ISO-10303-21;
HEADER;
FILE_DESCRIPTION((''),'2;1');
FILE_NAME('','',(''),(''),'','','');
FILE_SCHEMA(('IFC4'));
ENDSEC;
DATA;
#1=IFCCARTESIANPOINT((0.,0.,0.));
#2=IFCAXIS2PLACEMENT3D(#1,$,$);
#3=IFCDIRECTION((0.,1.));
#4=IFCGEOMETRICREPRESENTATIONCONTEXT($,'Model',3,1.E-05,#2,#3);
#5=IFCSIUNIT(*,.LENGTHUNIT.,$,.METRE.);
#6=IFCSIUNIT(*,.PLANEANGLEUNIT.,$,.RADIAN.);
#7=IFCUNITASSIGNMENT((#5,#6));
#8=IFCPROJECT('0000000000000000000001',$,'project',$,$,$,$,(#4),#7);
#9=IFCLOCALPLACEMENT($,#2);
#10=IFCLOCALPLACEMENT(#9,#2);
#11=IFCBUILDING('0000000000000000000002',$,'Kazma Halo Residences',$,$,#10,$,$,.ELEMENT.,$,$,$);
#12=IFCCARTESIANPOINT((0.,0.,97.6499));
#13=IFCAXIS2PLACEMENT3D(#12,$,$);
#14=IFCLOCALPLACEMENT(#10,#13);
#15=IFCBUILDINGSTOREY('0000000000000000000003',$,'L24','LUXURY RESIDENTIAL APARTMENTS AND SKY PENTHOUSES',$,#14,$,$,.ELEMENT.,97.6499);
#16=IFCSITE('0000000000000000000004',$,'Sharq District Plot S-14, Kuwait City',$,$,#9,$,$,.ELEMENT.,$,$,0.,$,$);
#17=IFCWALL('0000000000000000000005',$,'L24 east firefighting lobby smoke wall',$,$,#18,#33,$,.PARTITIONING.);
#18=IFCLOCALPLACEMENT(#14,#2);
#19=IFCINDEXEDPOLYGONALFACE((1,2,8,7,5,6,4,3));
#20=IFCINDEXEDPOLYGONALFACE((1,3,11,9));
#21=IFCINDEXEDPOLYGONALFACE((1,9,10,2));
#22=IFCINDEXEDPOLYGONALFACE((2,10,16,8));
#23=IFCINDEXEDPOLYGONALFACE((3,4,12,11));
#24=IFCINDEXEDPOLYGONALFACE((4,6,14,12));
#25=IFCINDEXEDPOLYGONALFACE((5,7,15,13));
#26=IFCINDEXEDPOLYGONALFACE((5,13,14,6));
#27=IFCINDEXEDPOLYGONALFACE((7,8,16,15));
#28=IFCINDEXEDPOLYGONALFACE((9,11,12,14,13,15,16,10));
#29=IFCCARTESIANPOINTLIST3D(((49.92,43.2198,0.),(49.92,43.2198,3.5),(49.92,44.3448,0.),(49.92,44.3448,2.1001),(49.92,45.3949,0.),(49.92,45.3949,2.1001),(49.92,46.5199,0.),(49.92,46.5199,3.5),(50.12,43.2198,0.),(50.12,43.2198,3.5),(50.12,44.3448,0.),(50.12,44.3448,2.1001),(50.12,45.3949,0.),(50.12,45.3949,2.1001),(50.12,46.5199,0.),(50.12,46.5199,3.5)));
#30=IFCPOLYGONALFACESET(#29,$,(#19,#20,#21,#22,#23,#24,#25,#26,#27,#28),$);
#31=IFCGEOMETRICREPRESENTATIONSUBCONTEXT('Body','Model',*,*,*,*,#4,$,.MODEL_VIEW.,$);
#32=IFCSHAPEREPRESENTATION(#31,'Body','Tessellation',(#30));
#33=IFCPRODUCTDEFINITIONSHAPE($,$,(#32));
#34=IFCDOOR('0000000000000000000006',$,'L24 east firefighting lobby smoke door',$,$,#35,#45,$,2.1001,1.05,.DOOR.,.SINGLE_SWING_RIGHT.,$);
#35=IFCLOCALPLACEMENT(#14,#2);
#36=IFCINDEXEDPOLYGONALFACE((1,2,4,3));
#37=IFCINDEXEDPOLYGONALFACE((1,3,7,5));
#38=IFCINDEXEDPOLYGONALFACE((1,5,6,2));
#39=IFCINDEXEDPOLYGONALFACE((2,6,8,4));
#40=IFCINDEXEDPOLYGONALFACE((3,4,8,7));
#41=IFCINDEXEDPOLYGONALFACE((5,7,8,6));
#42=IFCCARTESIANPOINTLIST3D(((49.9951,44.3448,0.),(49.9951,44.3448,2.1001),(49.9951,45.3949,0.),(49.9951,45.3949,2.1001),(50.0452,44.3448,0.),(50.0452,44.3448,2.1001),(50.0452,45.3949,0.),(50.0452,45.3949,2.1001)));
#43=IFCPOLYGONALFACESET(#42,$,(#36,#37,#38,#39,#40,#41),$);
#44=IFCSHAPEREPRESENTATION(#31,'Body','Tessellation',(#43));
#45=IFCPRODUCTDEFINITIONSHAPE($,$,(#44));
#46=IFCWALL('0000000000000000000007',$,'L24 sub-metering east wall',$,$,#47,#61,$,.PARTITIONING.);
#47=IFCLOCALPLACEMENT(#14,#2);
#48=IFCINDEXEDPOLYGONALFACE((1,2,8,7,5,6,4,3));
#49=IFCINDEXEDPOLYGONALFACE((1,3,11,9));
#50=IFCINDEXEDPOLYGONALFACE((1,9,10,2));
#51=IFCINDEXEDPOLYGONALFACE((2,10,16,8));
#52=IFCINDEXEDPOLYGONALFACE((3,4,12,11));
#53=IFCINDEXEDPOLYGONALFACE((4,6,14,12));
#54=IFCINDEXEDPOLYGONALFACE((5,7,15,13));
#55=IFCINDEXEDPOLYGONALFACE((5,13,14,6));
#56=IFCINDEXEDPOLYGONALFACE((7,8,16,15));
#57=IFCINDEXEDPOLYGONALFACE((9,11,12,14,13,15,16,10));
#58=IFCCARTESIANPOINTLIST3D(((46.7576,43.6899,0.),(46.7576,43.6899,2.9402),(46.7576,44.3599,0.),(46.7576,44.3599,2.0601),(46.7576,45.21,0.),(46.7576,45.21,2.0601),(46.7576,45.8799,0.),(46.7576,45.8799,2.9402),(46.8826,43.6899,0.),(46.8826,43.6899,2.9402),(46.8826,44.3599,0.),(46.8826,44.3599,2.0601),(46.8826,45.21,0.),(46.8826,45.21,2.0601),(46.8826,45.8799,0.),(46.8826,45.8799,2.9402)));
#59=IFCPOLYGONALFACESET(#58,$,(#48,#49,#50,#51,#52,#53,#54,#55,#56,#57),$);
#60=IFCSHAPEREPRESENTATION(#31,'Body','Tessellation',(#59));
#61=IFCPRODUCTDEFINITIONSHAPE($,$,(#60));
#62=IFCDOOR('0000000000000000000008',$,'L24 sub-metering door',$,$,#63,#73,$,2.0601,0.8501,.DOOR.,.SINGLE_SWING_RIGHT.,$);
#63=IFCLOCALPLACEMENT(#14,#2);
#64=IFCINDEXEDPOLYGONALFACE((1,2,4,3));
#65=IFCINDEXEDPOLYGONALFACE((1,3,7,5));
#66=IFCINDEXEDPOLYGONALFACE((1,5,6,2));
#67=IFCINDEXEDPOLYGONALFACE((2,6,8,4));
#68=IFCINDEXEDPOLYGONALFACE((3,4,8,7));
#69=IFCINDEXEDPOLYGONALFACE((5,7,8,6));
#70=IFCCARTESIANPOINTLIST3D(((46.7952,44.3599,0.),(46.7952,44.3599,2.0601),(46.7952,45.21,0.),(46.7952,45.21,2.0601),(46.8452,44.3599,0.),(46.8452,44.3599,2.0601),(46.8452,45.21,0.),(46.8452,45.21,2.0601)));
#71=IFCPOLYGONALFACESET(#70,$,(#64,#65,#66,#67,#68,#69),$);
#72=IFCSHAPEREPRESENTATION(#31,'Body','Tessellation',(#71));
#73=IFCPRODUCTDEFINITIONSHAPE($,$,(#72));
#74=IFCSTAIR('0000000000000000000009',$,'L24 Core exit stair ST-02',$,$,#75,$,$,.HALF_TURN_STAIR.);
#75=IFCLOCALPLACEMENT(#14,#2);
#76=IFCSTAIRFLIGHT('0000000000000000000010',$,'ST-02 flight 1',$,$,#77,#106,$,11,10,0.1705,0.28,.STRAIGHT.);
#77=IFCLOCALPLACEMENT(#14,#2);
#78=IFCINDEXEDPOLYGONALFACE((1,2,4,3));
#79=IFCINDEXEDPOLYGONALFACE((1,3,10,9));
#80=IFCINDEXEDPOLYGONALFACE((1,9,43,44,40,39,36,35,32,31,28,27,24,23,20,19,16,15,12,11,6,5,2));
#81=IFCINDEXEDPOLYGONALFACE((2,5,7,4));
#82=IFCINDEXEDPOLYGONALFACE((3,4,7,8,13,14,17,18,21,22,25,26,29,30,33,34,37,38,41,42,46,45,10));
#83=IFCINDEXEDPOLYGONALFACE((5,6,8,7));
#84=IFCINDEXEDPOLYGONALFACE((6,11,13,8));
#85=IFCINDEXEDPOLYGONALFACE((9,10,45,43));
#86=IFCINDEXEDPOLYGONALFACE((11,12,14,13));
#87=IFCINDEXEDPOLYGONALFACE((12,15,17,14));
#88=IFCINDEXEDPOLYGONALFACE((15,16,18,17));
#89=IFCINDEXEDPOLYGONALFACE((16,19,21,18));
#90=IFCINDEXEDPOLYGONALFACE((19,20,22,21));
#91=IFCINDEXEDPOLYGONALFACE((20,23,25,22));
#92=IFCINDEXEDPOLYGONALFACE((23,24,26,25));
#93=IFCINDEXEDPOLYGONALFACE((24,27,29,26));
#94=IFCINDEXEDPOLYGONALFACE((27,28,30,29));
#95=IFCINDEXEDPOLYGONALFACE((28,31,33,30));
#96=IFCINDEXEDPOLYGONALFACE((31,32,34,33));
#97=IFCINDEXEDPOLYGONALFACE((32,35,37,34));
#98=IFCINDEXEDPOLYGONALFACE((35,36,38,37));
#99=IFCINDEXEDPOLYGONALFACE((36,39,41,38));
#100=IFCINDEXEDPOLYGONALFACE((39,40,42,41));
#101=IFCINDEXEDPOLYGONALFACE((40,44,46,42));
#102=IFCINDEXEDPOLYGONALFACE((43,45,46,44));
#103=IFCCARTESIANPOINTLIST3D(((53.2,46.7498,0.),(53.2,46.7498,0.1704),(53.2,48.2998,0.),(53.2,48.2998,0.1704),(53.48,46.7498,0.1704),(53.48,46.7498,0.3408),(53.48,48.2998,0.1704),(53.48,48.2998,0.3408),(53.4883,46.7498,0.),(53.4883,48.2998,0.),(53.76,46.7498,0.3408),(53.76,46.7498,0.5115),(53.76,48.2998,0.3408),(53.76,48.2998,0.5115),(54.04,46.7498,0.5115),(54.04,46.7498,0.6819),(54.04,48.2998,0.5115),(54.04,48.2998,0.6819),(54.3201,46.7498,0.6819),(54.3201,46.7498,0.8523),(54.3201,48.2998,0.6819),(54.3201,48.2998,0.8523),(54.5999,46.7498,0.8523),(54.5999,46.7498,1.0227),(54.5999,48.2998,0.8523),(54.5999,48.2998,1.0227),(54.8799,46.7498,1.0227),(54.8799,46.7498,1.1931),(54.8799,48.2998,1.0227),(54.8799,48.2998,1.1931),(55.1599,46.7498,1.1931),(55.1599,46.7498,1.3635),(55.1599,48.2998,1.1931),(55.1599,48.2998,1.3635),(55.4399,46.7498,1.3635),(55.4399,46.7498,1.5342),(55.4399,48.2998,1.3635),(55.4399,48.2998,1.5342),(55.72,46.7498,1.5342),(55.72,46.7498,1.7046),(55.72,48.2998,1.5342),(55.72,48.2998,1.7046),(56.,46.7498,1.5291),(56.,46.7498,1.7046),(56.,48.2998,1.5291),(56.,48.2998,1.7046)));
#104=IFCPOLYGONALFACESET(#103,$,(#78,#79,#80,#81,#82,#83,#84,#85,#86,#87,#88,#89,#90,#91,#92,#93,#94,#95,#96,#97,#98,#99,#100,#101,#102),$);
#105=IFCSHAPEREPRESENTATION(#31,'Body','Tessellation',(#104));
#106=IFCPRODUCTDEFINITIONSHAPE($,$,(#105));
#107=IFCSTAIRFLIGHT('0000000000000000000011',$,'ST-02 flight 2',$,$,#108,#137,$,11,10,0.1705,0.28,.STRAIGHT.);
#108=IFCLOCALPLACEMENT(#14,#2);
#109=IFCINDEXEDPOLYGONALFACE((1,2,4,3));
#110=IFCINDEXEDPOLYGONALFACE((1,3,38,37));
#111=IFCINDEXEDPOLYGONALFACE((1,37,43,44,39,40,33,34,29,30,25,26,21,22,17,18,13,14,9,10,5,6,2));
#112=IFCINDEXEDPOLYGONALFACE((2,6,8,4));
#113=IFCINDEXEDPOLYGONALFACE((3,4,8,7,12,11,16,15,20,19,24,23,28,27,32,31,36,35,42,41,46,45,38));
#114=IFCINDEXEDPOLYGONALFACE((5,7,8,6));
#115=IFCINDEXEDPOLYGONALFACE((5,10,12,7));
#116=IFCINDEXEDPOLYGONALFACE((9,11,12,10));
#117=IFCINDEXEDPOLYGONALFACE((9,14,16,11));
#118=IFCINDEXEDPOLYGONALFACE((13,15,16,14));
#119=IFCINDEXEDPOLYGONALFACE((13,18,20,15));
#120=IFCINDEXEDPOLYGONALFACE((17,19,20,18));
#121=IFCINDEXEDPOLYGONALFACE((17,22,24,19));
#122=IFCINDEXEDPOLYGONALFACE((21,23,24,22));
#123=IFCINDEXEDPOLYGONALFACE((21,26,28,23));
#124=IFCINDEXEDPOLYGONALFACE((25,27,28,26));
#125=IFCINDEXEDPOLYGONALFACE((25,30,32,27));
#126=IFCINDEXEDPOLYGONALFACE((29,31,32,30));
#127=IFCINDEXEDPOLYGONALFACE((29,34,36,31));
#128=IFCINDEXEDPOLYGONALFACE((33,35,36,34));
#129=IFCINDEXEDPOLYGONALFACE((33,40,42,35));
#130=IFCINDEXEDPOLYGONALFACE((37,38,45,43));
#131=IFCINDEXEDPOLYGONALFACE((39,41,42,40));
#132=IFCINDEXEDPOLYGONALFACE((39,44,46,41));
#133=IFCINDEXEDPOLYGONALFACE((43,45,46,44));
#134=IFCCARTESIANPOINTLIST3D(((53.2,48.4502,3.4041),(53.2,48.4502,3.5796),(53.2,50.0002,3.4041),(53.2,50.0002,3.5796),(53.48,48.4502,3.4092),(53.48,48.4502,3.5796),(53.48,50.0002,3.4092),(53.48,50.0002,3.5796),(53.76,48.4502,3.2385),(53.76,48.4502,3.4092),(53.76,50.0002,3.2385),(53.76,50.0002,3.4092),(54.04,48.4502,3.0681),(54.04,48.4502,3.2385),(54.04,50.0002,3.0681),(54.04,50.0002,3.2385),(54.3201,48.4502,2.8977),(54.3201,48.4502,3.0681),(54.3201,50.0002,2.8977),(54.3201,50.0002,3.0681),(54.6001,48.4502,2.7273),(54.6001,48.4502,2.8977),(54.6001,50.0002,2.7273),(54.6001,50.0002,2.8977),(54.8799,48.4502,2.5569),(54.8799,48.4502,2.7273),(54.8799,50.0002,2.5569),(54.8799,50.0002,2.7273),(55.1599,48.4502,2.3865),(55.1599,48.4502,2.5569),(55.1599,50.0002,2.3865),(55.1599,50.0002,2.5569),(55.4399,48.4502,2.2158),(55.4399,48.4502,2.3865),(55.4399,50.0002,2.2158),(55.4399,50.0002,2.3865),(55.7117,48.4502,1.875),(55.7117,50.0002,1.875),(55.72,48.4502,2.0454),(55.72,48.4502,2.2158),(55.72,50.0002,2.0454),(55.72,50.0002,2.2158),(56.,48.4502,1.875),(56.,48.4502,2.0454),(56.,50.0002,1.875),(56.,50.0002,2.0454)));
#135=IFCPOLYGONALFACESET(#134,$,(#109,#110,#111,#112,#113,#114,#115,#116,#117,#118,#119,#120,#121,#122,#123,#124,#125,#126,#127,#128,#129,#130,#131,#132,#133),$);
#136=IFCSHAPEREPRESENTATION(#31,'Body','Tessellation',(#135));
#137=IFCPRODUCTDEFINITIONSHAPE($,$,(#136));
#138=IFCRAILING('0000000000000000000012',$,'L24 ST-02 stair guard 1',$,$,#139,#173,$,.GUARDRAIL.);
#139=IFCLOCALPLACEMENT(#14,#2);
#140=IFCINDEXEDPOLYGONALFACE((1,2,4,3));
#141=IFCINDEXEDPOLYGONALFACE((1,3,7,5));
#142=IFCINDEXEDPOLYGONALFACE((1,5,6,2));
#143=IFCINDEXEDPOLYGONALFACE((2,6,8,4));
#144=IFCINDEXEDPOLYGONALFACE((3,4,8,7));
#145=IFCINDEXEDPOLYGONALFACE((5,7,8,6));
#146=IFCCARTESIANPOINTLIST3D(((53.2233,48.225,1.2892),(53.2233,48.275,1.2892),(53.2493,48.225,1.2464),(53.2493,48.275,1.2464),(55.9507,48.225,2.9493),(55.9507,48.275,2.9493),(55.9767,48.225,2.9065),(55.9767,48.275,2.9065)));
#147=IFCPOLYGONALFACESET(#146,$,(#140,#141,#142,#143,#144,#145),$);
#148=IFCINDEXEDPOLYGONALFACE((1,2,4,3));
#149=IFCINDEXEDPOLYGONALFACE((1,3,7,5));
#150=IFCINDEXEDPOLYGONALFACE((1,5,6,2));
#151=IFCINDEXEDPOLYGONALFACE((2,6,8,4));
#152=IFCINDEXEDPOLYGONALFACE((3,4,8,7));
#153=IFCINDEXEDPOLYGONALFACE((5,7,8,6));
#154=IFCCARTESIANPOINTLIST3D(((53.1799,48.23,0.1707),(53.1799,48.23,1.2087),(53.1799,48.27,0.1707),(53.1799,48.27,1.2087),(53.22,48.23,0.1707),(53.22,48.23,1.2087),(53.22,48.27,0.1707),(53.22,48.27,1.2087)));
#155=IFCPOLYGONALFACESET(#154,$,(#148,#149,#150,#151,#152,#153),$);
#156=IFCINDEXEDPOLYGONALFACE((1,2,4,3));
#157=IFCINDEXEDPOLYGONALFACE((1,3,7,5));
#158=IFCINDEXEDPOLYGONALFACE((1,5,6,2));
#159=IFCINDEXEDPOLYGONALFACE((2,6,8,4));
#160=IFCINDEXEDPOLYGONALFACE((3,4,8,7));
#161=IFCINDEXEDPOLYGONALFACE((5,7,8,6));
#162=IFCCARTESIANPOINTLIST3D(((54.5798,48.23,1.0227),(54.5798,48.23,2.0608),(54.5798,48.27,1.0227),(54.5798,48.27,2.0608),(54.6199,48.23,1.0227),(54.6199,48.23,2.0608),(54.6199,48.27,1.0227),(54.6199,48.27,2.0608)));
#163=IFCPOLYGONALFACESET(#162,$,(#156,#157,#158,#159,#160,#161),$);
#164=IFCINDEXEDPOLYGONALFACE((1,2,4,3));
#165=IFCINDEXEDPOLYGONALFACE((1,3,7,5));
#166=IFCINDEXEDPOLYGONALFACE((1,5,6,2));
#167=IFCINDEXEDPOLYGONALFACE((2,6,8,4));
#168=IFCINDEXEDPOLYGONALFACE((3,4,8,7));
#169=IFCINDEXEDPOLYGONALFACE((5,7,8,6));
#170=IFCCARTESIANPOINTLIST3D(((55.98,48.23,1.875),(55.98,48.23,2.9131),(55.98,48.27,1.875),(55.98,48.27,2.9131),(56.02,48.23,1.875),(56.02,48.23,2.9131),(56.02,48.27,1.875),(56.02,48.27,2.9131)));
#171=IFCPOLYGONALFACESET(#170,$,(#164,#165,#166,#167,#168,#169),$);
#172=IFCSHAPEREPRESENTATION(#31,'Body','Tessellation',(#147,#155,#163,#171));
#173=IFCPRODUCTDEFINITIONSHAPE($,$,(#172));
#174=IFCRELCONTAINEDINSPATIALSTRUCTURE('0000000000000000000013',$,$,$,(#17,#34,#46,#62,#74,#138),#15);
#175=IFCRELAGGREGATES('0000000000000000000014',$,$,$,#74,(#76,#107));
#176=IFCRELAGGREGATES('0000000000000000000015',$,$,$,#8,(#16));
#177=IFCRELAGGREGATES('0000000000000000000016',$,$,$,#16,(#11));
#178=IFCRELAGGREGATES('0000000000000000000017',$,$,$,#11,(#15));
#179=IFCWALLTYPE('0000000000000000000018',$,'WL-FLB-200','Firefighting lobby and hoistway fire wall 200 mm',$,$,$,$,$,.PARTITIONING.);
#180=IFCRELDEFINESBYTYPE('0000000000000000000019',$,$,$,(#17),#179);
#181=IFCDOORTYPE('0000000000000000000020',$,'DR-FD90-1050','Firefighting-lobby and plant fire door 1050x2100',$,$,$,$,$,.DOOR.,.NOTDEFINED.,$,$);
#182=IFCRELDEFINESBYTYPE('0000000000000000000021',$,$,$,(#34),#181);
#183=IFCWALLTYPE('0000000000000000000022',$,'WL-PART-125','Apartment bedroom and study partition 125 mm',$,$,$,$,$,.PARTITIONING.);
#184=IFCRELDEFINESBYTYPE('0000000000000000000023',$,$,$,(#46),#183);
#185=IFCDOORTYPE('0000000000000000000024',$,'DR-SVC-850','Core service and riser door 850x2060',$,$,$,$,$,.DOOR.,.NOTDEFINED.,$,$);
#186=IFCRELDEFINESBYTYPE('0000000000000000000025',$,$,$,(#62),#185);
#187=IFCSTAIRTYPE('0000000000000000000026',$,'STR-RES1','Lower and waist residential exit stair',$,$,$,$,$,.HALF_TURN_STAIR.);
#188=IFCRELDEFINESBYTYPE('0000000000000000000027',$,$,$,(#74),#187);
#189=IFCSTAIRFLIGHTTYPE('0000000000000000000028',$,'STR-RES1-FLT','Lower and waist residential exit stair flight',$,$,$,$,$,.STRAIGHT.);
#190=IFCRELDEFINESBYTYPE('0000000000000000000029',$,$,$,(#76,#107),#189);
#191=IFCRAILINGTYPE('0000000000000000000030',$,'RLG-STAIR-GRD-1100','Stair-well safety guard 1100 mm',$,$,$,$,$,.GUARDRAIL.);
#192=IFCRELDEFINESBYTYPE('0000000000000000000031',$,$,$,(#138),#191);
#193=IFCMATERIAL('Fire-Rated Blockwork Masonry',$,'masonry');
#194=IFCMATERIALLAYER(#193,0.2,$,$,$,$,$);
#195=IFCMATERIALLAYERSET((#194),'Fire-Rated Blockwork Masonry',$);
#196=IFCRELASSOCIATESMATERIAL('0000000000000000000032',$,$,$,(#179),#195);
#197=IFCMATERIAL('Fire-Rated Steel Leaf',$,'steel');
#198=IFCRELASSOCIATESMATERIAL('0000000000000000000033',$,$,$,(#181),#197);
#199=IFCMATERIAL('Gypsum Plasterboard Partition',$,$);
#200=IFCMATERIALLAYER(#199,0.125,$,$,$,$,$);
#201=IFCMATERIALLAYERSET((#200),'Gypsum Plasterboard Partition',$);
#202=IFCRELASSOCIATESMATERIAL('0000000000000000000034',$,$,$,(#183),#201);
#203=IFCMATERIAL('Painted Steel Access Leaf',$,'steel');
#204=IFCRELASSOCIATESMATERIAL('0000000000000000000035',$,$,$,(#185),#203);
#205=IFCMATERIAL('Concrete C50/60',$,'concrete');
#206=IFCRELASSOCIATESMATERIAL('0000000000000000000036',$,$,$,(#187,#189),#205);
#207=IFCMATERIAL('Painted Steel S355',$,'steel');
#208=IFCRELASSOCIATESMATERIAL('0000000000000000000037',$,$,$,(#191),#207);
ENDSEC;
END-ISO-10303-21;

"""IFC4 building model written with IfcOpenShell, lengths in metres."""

from ifc_helpers import new_model, si_unit, direction, frame, frame_2d, origin, origin_2d, place, context, subcontext, project, spatial, polyline, rectangle, outline, extrude, material, layer, layer_set, type_object, element, fill, aggregate, save


model = new_model("IFC4")

# Units and contexts
model_context = context("Model", 3, precision=1e-05, world=origin(), true_north=direction((0.0, 1.0)))
body_context = subcontext(model_context, "Body", "Model", "MODEL_VIEW")
ifc_project = project(units=[si_unit("LENGTHUNIT", "METRE"), si_unit("PLANEANGLEUNIT", "RADIAN")], contexts=[model_context])

# Site, building, storey
site_placement = place(None, origin())
site = spatial("IfcSite", under=ifc_project, at=site_placement, Name="Sharq District Plot S-14, Kuwait City", CompositionType="ELEMENT", RefElevation=0.0)
building_placement = place(site_placement, origin())
building = spatial("IfcBuilding", under=site, at=building_placement, Name="Kazma Halo Residences", CompositionType="ELEMENT")
storey_placement = place(building_placement, frame((0.0, 0.0, 97.6499)))
storey = spatial("IfcBuildingStorey", under=building, at=storey_placement, Name="L24", Description="LUXURY RESIDENTIAL APARTMENTS AND SKY PENTHOUSES", CompositionType="ELEMENT", Elevation=97.6499)

# Shared definitions
ifc_material_1 = material(Name="Fire-Rated Blockwork Masonry", Category="masonry")
ifc_layer_1 = layer(ifc_material_1, 0.2)
ifc_layer_set_1 = layer_set([ifc_layer_1], Name="Fire-Rated Blockwork Masonry")
wall_type_1 = type_object("IfcWallType", Name="WL-FLB-200", Description="Firefighting lobby and hoistway fire wall 200 mm", PredefinedType="PARTITIONING", material=ifc_layer_set_1)

# Walls, openings, doors
wall_1_placement = place(storey_placement, frame((50.02, 43.22, 0.0), z_axis=(0.0, 0.0, 1.0), x_axis=(0.0, 1.0, 0.0)))
wall_1 = element("IfcWall", 1, at=wall_1_placement, inside=storey, type_object=wall_type_1, Name="L24 east firefighting lobby smoke wall", PredefinedType="PARTITIONING", context=body_context, shape_type="SweptSolid", body=[
    extrude(rectangle(XDim=3.3, YDim=0.2, at=frame_2d((1.6499, 0.0))), origin(), (0.0, 0.0, 1.0), 3.5),
])
opening_1_placement = place(wall_1_placement, frame((1.125, 0.0, 0.0)))
opening_1 = element("IfcOpeningElement", 2, at=opening_1_placement, cuts=wall_1, PredefinedType="OPENING", context=body_context, shape_type="SweptSolid", body=[
    extrude(rectangle(XDim=1.05, YDim=2.1001, at=frame_2d((0.5249, 1.05))), frame((0.0, 0.1099, 0.0), z_axis=(0.0, -1.0, 0.0), x_axis=(1.0, 0.0, 0.0)), (0.0, 0.0, 1.0), 0.22),
])
ifc_material_2 = material(Name="Fire-Rated Steel Leaf", Category="steel")
door_type_1 = type_object("IfcDoorType", Name="DR-FD90-1050", Description="Firefighting-lobby and plant fire door 1050x2100", OperationType="NOTDEFINED", PredefinedType="DOOR", material=ifc_material_2)
door_1_placement = place(opening_1_placement, origin())
door_1 = element("IfcDoor", 3, at=door_1_placement, inside=storey, type_object=door_type_1, Name="L24 east firefighting lobby smoke door", OperationType="SINGLE_SWING_RIGHT", OverallHeight=2.1001, OverallWidth=1.05, PredefinedType="DOOR", context=body_context, shape_type="SweptSolid", body=[
    extrude(rectangle(XDim=1.05, YDim=2.1001, at=frame_2d((0.5249, 1.05))), frame((0.0, 0.0249, 0.0), z_axis=(0.0, -1.0, 0.0), x_axis=(1.0, 0.0, 0.0)), (0.0, 0.0, 1.0), 0.05),
])
fill(opening_1, door_1)
ifc_material_3 = material(Name="Gypsum Plasterboard Partition")
ifc_layer_2 = layer(ifc_material_3, 0.125)
ifc_layer_set_2 = layer_set([ifc_layer_2], Name="Gypsum Plasterboard Partition")
wall_type_2 = type_object("IfcWallType", Name="WL-PART-125", Description="Apartment bedroom and study partition 125 mm", PredefinedType="PARTITIONING", material=ifc_layer_set_2)
wall_2_placement = place(storey_placement, frame((46.8201, 43.6899, 0.0), z_axis=(0.0, 0.0, 1.0), x_axis=(0.0, 1.0, 0.0)))
wall_2 = element("IfcWall", 4, at=wall_2_placement, inside=storey, type_object=wall_type_2, Name="L24 sub-metering east wall", PredefinedType="PARTITIONING", context=body_context, shape_type="SweptSolid", body=[
    extrude(rectangle(XDim=2.1899, YDim=0.125, at=frame_2d((1.095, 0.0))), origin(), (0.0, 0.0, 1.0), 2.9402),
])
opening_2_placement = place(wall_2_placement, frame((0.6699, 0.0, 0.0)))
opening_2 = element("IfcOpeningElement", 5, at=opening_2_placement, cuts=wall_2, PredefinedType="OPENING", context=body_context, shape_type="SweptSolid", body=[
    extrude(rectangle(XDim=0.8501, YDim=2.0601, at=frame_2d((0.425, 1.03))), frame((0.0, 0.0725, 0.0), z_axis=(0.0, -1.0, 0.0), x_axis=(1.0, 0.0, 0.0)), (0.0, 0.0, 1.0), 0.145),
])
ifc_material_4 = material(Name="Painted Steel Access Leaf", Category="steel")
door_type_2 = type_object("IfcDoorType", Name="DR-SVC-850", Description="Core service and riser door 850x2060", OperationType="NOTDEFINED", PredefinedType="DOOR", material=ifc_material_4)
door_2_placement = place(opening_2_placement, origin())
door_2 = element("IfcDoor", 6, at=door_2_placement, inside=storey, type_object=door_type_2, Name="L24 sub-metering door", OperationType="SINGLE_SWING_RIGHT", OverallHeight=2.0601, OverallWidth=0.8501, PredefinedType="DOOR", context=body_context, shape_type="SweptSolid", body=[
    extrude(rectangle(XDim=0.8501, YDim=2.0601, at=frame_2d((0.425, 1.03))), frame((0.0, 0.0249, 0.0), z_axis=(0.0, -1.0, 0.0), x_axis=(1.0, 0.0, 0.0)), (0.0, 0.0, 1.0), 0.05),
])
fill(opening_2, door_2)
ifc_material_5 = material(Name="Concrete C50/60", Category="concrete")

# Stair, stair flights
stair_type = type_object("IfcStairType", Name="STR-RES1", Description="Lower and waist residential exit stair", PredefinedType="HALF_TURN_STAIR", material=ifc_material_5)
stair_placement = place(storey_placement, origin())
stair = element("IfcStair", 7, at=stair_placement, inside=storey, type_object=stair_type, Name="L24 Core exit stair ST-02", PredefinedType="HALF_TURN_STAIR")
stair_flight_type = type_object("IfcStairFlightType", Name="STR-RES1-FLT", Description="Lower and waist residential exit stair flight", PredefinedType="STRAIGHT", material=ifc_material_5)
stair_flight_1_placement = place(storey_placement, frame((53.2, 47.5249, 0.0), z_axis=(0.0, 0.0, 1.0), x_axis=(1.0, 0.0, 0.0)))
stair_flight_1 = element("IfcStairFlight", 8, at=stair_flight_1_placement, type_object=stair_flight_type, Name="ST-02 flight 1", NumberOfRisers=11, NumberOfTreads=10, PredefinedType="STRAIGHT", RiserHeight=0.1705, TreadLength=0.28, context=body_context, shape_type="SweptSolid", body=[
    extrude(outline(polyline([(0.0, 0.0), (0.0, 0.1704), (0.28, 0.1704), (0.28, 0.3408), (0.5601, 0.3408), (0.5601, 0.5115), (0.8401, 0.5115), (0.8401, 0.6819), (1.1201, 0.6819), (1.1201, 0.8523), (1.3999, 0.8523), (1.3999, 1.0227), (1.6799, 1.0227), (1.6799, 1.1931), (1.96, 1.1931), (1.96, 1.3635), (2.24, 1.3635), (2.24, 1.5342), (2.52, 1.5342), (2.52, 1.7046), (2.8, 1.7046), (2.8, 1.875), (2.8, 1.5291), (0.2883, 0.0), (0.0, 0.0)])), frame((0.0, 0.7749, 0.0), z_axis=(0.0, -1.0, 0.0), x_axis=(1.0, 0.0, 0.0)), (0.0, 0.0, 1.0), 1.55),
])
stair_flight_2_placement = place(storey_placement, frame((56.0, 49.2251, 1.875), z_axis=(0.0, 0.0, 1.0), x_axis=(-1.0, 0.0, 0.0)))
stair_flight_2 = element("IfcStairFlight", 9, at=stair_flight_2_placement, type_object=stair_flight_type, Name="ST-02 flight 2", NumberOfRisers=11, NumberOfTreads=10, PredefinedType="STRAIGHT", RiserHeight=0.1705, TreadLength=0.28, context=body_context, shape_type="SweptSolid", body=[
    extrude(outline(polyline([(0.0, 0.0), (0.0, 0.1704), (0.28, 0.1704), (0.28, 0.3408), (0.5601, 0.3408), (0.5601, 0.5115), (0.8401, 0.5115), (0.8401, 0.6819), (1.1201, 0.6819), (1.1201, 0.8523), (1.3999, 0.8523), (1.3999, 1.0227), (1.6799, 1.0227), (1.6799, 1.1931), (1.96, 1.1931), (1.96, 1.3635), (2.24, 1.3635), (2.24, 1.5342), (2.52, 1.5342), (2.52, 1.7046), (2.8, 1.7046), (2.8, 1.875), (2.8, 1.5291), (0.2883, 0.0), (0.0, 0.0)])), frame((0.0, 0.7749, 0.0), z_axis=(0.0, -1.0, 0.0), x_axis=(1.0, 0.0, 0.0)), (0.0, 0.0, 1.0), 1.55),
])
aggregate(stair, [stair_flight_1, stair_flight_2])

# Railing
ifc_material_6 = material(Name="Painted Steel S355", Category="steel")
railing_type_1 = type_object("IfcRailingType", Name="RLG-STAIR-GRD-1100", Description="Stair-well safety guard 1100 mm", PredefinedType="GUARDRAIL", material=ifc_material_6)
railing_1_placement = place(storey_placement, frame((53.2, 48.25, 0.1707)))
element("IfcRailing", 10, at=railing_1_placement, inside=storey, type_object=railing_type_1, Name="L24 ST-02 stair guard 1", PredefinedType="GUARDRAIL", context=body_context, shape_type="SweptSolid", body=[
    extrude(rectangle(XDim=0.05, YDim=0.05, at=origin_2d()), frame((0.0364, 0.0, 1.0972), z_axis=(0.854203, 0.0, 0.51994), x_axis=(0.0, 1.0, 0.0)), (0.0, 0.0, 1.0), 3.1929),
    extrude(rectangle(XDim=0.04, YDim=0.04, at=origin_2d()), origin(), (0.0, 0.0, 1.0), 1.0381),
    extrude(rectangle(XDim=0.04, YDim=0.04, at=origin_2d()), frame((1.3999, 0.0, 0.8521)), (0.0, 0.0, 1.0), 1.0381),
    extrude(rectangle(XDim=0.04, YDim=0.04, at=origin_2d()), frame((2.8, 0.0, 1.7043)), (0.0, 0.0, 1.0), 1.0381),
])

save(model, "model.ifc")
